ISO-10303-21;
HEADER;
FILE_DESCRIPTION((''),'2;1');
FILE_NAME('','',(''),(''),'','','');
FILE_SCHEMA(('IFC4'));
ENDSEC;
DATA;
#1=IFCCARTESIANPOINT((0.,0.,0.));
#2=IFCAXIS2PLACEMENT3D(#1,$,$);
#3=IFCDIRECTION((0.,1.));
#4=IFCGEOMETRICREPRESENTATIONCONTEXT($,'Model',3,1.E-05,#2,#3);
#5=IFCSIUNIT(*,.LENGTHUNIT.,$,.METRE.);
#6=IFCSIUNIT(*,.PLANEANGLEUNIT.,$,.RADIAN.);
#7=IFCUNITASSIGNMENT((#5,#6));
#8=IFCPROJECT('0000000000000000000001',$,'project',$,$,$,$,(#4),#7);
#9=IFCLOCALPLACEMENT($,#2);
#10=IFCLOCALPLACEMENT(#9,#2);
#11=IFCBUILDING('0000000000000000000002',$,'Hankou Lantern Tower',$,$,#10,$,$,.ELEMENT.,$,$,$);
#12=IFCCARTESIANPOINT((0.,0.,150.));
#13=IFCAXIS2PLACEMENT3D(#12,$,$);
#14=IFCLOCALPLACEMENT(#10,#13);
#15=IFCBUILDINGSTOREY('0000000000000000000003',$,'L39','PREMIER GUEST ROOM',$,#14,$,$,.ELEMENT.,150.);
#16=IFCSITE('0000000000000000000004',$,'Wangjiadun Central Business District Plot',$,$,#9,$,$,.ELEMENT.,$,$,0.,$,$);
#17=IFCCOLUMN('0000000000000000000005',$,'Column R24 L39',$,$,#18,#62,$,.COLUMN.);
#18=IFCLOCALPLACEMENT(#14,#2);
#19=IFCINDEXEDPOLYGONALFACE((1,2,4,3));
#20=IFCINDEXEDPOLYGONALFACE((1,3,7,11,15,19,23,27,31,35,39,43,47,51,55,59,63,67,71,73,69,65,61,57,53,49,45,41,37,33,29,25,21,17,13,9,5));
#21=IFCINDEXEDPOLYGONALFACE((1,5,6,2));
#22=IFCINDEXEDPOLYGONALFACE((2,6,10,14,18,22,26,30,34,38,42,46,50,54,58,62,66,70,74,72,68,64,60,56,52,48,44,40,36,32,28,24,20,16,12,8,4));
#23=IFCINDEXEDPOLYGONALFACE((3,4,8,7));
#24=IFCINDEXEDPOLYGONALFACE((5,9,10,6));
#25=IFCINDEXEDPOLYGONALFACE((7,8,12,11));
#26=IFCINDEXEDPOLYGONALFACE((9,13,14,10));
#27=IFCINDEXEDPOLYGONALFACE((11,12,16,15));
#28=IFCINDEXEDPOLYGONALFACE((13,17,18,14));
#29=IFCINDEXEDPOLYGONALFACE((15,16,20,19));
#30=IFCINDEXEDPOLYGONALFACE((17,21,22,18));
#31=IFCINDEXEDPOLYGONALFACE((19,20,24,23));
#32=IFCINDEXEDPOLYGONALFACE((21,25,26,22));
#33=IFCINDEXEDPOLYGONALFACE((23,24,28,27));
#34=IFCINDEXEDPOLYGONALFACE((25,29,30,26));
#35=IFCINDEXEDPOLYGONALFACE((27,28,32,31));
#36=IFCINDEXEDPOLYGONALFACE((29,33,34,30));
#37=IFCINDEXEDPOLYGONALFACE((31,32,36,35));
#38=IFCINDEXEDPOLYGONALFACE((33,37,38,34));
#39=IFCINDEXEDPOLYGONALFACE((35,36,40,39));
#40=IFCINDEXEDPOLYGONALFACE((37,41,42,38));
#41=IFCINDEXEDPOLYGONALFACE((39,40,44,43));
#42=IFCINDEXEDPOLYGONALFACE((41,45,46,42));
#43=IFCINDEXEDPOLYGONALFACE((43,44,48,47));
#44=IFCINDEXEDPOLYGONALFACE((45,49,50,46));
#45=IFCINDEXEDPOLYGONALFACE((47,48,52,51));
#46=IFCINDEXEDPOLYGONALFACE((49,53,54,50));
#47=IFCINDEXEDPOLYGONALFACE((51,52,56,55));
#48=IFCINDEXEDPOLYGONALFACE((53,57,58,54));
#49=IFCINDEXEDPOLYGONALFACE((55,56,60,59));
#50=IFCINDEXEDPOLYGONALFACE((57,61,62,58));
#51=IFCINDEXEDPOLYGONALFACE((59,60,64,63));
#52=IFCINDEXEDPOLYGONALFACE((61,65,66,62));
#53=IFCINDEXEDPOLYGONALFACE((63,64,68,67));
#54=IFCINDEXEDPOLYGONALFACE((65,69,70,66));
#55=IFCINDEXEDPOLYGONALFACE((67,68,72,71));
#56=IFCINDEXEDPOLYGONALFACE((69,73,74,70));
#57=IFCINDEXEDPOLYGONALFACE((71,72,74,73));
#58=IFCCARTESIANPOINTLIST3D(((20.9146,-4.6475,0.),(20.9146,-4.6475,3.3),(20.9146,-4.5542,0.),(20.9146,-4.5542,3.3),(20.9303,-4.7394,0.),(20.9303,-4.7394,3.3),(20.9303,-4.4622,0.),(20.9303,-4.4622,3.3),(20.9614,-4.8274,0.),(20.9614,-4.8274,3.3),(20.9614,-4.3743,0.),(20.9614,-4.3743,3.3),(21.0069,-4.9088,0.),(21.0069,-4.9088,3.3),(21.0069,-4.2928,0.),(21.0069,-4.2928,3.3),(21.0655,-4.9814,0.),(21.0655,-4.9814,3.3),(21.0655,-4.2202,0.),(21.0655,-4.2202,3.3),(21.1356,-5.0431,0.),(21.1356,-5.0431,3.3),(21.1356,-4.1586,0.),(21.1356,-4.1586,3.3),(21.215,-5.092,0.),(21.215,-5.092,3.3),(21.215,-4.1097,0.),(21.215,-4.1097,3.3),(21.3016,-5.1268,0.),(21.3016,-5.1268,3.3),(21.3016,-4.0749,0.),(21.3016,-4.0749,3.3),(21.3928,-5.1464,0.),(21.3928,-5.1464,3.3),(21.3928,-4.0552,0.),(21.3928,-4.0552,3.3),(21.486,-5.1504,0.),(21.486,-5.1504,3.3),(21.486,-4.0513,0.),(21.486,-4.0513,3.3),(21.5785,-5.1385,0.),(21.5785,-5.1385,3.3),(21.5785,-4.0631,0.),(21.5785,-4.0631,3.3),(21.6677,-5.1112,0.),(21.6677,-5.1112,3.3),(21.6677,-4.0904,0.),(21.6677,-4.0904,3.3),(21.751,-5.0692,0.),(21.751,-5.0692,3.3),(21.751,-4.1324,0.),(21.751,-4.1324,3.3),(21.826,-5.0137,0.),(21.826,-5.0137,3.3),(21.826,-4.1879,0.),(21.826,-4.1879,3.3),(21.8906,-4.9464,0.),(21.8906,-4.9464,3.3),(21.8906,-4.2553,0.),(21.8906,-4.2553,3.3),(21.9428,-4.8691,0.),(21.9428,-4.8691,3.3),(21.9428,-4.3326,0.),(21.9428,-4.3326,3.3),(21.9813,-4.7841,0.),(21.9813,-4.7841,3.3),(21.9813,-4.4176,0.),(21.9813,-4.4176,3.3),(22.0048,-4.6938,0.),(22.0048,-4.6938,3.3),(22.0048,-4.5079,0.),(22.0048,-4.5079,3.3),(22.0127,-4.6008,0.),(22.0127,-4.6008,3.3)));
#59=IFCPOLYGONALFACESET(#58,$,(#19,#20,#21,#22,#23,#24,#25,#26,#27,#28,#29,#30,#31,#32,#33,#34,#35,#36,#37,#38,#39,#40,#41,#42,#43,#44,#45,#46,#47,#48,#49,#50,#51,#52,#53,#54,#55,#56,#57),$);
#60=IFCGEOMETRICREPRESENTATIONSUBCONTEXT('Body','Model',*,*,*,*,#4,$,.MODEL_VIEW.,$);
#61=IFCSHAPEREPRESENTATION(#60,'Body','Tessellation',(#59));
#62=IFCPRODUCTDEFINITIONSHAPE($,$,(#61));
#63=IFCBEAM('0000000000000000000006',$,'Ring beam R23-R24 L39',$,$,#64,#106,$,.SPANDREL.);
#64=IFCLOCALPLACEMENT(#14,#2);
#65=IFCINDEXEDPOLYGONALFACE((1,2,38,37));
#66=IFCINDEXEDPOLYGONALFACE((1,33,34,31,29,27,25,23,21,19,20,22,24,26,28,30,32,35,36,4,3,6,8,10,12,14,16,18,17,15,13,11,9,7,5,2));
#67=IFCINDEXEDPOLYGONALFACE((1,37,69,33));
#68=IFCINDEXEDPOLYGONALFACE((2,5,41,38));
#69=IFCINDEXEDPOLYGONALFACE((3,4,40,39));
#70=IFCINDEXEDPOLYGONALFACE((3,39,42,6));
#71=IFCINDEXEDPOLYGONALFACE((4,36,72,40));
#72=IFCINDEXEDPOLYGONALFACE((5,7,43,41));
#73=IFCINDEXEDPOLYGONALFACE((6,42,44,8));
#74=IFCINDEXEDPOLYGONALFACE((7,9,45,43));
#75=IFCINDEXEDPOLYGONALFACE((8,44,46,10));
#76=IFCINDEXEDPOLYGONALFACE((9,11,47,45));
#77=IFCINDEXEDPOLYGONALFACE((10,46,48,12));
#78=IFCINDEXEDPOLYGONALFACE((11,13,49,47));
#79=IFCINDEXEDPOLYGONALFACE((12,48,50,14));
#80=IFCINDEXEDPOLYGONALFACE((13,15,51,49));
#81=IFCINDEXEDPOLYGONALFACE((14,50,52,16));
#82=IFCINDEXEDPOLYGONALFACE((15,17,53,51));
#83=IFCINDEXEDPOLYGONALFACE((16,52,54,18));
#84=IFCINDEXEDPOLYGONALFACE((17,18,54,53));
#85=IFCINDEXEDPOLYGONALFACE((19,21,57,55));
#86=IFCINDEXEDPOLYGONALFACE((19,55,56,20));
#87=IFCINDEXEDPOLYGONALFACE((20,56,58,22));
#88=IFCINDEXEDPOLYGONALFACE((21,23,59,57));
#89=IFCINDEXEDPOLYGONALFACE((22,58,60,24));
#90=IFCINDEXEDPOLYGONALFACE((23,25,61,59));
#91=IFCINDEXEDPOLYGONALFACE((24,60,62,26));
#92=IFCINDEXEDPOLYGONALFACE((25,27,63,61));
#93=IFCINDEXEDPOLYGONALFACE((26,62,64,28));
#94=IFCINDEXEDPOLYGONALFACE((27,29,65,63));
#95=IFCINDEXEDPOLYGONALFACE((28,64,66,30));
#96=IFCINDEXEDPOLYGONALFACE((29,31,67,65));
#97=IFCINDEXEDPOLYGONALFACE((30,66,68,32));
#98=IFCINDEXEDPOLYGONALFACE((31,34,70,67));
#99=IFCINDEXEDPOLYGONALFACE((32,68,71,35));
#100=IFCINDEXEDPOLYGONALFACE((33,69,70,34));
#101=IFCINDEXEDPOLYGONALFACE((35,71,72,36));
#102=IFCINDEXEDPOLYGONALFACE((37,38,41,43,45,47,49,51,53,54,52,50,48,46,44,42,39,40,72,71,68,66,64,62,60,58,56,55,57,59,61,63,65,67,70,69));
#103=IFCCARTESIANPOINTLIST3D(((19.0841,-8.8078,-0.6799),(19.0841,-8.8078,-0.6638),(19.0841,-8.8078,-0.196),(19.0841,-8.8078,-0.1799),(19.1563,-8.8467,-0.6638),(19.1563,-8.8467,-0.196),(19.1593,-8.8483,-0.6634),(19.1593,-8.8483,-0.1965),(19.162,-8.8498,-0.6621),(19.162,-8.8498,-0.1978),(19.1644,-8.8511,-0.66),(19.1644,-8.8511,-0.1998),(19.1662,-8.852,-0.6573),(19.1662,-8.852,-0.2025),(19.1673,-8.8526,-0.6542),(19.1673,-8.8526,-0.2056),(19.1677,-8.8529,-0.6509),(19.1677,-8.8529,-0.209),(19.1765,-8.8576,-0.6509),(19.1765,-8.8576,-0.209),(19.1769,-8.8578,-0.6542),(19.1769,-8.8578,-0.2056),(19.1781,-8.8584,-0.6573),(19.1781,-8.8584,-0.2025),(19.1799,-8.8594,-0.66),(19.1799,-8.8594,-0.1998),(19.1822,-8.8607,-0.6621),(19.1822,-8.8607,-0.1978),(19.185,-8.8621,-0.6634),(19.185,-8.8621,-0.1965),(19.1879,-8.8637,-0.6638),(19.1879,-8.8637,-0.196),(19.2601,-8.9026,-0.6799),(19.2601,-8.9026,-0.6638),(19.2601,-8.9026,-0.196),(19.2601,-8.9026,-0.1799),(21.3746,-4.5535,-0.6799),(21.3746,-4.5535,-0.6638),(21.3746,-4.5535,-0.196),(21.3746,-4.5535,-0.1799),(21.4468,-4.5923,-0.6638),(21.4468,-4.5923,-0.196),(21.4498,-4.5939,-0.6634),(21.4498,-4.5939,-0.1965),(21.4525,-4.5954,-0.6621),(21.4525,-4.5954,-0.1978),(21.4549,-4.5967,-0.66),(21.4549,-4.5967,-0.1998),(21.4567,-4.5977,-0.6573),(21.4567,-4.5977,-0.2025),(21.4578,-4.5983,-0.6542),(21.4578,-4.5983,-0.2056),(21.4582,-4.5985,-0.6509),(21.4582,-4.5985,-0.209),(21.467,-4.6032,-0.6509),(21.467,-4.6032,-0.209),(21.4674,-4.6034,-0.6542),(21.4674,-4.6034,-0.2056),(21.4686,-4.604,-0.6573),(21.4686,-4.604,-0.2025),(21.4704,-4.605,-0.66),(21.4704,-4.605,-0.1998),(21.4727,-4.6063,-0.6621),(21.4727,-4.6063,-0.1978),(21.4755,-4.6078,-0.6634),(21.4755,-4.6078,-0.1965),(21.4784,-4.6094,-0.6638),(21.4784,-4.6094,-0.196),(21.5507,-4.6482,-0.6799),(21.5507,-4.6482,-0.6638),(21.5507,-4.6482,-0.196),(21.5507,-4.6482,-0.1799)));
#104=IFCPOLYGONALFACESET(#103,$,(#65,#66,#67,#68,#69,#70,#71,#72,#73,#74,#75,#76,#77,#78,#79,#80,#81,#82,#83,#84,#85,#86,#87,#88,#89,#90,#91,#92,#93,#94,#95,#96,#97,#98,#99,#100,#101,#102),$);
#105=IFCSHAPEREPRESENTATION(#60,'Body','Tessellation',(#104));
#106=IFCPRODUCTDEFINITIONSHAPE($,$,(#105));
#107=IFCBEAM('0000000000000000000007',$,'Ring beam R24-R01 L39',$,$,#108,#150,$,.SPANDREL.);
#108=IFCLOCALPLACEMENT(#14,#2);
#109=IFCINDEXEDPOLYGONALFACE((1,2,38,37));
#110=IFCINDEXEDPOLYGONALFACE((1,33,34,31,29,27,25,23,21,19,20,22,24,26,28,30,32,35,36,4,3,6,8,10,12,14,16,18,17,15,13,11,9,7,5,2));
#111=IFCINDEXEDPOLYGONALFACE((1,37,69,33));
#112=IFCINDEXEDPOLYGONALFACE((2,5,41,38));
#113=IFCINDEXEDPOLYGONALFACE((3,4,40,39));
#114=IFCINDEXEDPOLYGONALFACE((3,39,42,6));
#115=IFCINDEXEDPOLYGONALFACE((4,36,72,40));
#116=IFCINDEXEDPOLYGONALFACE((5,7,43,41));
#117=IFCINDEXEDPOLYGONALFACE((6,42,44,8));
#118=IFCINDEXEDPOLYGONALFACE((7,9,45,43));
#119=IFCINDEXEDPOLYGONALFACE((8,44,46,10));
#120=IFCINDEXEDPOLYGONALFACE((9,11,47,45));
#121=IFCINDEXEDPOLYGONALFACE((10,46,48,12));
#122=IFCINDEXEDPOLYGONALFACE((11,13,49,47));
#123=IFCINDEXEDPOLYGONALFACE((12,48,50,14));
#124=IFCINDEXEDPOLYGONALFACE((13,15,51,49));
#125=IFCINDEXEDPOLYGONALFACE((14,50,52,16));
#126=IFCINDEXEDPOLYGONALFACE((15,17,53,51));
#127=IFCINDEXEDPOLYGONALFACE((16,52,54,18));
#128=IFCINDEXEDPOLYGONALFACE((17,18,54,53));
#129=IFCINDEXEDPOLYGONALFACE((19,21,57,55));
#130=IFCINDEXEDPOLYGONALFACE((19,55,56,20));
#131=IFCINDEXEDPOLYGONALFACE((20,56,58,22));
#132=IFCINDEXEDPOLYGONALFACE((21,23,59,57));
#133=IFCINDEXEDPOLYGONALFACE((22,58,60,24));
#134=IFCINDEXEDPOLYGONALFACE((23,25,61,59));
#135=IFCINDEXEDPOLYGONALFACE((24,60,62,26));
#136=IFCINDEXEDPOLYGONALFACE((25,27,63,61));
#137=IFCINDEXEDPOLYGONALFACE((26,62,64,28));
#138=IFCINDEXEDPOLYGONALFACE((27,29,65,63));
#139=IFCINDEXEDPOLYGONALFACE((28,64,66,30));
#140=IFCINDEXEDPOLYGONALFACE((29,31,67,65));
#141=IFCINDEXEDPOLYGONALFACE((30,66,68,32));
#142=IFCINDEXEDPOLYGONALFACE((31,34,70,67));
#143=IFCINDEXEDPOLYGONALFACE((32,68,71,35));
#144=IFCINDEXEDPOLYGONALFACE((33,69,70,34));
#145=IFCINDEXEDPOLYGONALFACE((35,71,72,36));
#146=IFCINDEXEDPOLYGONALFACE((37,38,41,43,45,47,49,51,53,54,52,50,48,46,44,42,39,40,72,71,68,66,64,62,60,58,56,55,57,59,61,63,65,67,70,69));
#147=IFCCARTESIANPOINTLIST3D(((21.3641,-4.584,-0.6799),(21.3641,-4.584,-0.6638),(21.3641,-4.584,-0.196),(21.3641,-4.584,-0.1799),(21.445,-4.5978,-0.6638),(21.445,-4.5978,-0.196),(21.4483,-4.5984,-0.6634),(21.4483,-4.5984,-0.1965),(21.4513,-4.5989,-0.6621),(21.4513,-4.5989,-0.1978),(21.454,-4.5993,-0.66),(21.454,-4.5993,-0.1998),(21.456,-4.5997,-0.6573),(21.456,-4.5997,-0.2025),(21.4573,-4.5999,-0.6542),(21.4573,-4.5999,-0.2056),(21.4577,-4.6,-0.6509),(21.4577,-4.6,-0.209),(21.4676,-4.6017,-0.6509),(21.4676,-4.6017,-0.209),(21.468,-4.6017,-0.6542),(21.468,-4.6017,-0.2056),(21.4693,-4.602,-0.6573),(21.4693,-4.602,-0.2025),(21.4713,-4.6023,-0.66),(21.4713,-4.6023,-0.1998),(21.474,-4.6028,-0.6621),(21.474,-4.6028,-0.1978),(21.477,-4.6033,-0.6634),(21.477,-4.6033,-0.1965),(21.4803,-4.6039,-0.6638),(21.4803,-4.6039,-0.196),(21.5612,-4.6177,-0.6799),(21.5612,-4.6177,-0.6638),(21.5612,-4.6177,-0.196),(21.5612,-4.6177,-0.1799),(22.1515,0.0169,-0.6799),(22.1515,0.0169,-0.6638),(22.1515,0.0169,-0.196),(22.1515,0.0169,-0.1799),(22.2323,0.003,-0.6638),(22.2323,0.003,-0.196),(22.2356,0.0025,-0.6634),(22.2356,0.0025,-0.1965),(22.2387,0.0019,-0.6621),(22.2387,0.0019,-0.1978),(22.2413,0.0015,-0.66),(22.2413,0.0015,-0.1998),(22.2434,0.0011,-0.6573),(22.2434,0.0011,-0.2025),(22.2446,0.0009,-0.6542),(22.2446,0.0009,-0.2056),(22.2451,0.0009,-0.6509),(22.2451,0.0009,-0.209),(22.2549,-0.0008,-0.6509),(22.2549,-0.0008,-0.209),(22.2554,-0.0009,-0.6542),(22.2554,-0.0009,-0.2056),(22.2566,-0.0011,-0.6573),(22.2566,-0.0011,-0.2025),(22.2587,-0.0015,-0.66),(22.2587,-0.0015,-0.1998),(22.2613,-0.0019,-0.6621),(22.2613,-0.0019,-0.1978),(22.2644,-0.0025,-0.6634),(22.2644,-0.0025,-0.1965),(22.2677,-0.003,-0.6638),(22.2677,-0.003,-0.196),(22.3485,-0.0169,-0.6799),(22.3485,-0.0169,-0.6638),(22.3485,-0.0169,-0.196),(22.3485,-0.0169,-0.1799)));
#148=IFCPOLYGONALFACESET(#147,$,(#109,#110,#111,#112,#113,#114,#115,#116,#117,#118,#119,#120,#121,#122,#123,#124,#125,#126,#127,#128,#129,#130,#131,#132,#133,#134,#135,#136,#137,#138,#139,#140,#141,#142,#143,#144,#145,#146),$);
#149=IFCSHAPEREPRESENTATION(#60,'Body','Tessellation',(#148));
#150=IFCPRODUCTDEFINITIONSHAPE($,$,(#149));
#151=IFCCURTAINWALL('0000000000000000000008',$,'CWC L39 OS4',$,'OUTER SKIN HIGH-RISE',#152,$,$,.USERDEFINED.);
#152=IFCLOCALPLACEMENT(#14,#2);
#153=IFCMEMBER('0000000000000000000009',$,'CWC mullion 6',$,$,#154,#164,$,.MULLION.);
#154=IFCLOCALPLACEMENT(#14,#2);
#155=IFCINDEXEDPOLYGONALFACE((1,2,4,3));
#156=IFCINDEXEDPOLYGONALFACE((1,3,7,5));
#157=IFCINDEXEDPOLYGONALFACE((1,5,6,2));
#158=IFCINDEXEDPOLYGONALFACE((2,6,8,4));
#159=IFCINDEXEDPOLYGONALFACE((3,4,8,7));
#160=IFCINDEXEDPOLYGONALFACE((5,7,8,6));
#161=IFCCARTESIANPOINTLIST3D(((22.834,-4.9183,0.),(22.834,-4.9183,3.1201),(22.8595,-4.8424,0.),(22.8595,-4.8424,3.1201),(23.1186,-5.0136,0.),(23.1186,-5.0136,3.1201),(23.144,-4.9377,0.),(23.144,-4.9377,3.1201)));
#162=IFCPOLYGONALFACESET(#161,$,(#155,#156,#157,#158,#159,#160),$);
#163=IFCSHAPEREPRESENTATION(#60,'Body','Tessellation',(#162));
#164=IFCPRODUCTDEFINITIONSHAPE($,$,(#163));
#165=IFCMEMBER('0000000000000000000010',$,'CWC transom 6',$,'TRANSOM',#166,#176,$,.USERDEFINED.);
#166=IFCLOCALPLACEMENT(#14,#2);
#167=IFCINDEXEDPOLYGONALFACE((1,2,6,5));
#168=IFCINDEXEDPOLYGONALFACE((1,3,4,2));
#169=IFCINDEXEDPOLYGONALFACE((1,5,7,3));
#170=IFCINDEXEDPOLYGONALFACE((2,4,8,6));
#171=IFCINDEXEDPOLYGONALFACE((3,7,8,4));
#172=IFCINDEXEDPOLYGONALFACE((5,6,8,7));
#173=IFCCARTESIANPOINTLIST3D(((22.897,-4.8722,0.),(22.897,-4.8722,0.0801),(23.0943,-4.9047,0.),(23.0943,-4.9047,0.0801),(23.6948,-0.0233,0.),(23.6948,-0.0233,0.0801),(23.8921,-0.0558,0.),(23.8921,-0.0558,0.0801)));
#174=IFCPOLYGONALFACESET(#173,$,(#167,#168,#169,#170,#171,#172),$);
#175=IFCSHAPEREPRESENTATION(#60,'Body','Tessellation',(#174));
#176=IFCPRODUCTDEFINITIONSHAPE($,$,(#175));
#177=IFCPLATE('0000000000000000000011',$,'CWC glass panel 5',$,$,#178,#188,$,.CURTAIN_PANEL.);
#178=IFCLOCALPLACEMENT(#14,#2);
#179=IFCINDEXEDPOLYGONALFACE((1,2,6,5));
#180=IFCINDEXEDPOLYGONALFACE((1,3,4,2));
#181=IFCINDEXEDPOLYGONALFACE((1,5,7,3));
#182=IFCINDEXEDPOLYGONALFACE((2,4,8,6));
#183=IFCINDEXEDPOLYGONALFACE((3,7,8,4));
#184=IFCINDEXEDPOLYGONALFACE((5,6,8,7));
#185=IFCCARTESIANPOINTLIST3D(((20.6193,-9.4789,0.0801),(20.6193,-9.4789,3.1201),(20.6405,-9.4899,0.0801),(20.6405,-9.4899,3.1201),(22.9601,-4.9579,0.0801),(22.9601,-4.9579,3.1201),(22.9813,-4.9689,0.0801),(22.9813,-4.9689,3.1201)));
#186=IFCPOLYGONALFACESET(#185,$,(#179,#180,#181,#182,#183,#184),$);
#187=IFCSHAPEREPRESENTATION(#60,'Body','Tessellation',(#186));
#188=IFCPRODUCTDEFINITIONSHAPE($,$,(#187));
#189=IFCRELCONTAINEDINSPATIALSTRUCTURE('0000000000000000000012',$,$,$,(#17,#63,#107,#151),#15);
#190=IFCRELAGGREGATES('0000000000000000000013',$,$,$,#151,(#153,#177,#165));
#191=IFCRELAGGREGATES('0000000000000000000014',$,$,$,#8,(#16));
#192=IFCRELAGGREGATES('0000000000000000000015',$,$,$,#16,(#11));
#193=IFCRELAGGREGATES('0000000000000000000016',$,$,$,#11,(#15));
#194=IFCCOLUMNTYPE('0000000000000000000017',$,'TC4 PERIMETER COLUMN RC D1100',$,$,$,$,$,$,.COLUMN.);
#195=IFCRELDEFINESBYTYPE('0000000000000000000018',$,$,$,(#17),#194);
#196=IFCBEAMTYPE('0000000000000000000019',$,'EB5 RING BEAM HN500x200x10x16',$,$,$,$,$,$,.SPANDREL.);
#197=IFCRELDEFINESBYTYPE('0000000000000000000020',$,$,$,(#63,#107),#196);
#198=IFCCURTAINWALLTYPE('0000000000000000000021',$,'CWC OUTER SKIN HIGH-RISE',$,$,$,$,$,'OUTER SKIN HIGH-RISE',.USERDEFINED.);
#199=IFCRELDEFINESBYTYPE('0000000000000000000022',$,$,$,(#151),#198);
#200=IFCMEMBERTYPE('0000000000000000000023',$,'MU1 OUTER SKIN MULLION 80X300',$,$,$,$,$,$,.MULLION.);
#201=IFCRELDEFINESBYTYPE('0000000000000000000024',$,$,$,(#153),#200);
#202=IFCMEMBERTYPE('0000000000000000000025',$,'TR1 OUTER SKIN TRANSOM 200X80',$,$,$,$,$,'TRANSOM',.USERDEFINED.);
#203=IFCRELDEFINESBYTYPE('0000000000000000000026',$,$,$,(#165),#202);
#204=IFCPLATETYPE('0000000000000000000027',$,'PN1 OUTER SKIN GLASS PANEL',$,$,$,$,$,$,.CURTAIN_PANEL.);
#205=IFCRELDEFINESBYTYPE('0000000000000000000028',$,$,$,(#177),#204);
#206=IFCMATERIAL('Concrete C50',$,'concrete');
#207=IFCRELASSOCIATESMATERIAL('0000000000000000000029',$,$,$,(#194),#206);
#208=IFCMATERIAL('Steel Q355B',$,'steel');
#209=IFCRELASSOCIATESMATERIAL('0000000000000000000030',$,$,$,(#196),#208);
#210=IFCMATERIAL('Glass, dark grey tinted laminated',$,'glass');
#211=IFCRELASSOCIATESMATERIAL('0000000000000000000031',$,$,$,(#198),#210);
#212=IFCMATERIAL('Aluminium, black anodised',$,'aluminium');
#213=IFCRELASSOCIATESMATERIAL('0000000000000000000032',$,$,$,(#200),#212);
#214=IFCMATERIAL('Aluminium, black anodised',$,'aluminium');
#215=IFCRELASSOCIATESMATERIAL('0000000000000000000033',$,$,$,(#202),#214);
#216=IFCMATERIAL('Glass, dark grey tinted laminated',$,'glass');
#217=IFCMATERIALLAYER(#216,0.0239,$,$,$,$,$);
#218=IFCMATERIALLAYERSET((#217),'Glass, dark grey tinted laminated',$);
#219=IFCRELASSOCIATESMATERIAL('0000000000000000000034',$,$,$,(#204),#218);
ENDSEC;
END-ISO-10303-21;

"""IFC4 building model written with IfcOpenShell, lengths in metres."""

from ifc_helpers import new_model, si_unit, direction, frame, origin, origin_2d, place, context, subcontext, project, spatial, rectangle, circle, i_section, extrude, material, layer, layer_set, material_profile, profile_set, type_object, element, aggregate, save


model = new_model("IFC4")

# Units and contexts
model_context = context("Model", 3, precision=1e-05, world=origin(), true_north=direction((0.0, 1.0)))
body_context = subcontext(model_context, "Body", "Model", "MODEL_VIEW")
ifc_project = project(units=[si_unit("LENGTHUNIT", "METRE"), si_unit("PLANEANGLEUNIT", "RADIAN")], contexts=[model_context])

# Site, building, storey
site_placement = place(None, origin())
site = spatial("IfcSite", under=ifc_project, at=site_placement, Name="Wangjiadun Central Business District Plot", CompositionType="ELEMENT", RefElevation=0.0)
building_placement = place(site_placement, origin())
building = spatial("IfcBuilding", under=site, at=building_placement, Name="Hankou Lantern Tower", CompositionType="ELEMENT")
storey_placement = place(building_placement, frame((0.0, 0.0, 150.0)))
storey = spatial("IfcBuildingStorey", under=building, at=storey_placement, Name="L39", Description="PREMIER GUEST ROOM", CompositionType="ELEMENT", Elevation=150.0)

# Column
ifc_material_1 = material(Name="Concrete C50", Category="concrete")
ifc_material_profile_1 = material_profile(ifc_material_1, circle(Radius=0.55, at=origin_2d()), Name="RC D1100")
ifc_profile_set_1 = profile_set([ifc_material_profile_1], Name="Concrete C50")
column_type = type_object("IfcColumnType", Name="TC4 PERIMETER COLUMN RC D1100", PredefinedType="COLUMN", material=ifc_profile_set_1)
column_placement = place(storey_placement, frame((21.4626, -4.6008, 0.0), z_axis=(0.0, 0.0, 1.0), x_axis=(1.0, 0.0, 0.0)))
element("IfcColumn", 1, at=column_placement, inside=storey, type_object=column_type, Name="Column R24 L39", PredefinedType="COLUMN", context=body_context, shape_type="SweptSolid", body=[
    extrude(circle(Radius=0.55, at=origin_2d()), origin(), (0.0, 0.0, 1.0), 3.3),
])

# Beams
ifc_material_2 = material(Name="Steel Q355B", Category="steel")
ifc_material_profile_2 = material_profile(ifc_material_2, i_section(OverallWidth=0.2, OverallDepth=0.5, WebThickness=0.01, FlangeThickness=0.0161, FilletRadius=0.0129, at=origin_2d()), Name="HN500x200x10x16")
ifc_profile_set_2 = profile_set([ifc_material_profile_2], Name="Steel Q355B")
beam_type = type_object("IfcBeamType", Name="EB5 RING BEAM HN500x200x10x16", PredefinedType="SPANDREL", material=ifc_profile_set_2)
beam_1_placement = place(storey_placement, frame((19.1721, -8.8552, -0.4299), z_axis=(0.474052, 0.880497, 0.0), x_axis=(-0.880497, 0.474052, 0.0)))
element("IfcBeam", 2, at=beam_1_placement, inside=storey, type_object=beam_type, Name="Ring beam R23-R24 L39", PredefinedType="SPANDREL", context=body_context, shape_type="SweptSolid", body=[
    extrude(i_section(OverallWidth=0.2, OverallDepth=0.5, WebThickness=0.01, FlangeThickness=0.0161, FilletRadius=0.0129, at=origin_2d()), origin(), (0.0, 0.0, 1.0), 4.8318),
])
beam_2_placement = place(storey_placement, frame((21.4626, -4.6008, -0.4299), z_axis=(0.168681, 0.985671, 0.0), x_axis=(-0.985671, 0.168681, 0.0)))
element("IfcBeam", 3, at=beam_2_placement, inside=storey, type_object=beam_type, Name="Ring beam R24-R01 L39", PredefinedType="SPANDREL", context=body_context, shape_type="SweptSolid", body=[
    extrude(i_section(OverallWidth=0.2, OverallDepth=0.5, WebThickness=0.01, FlangeThickness=0.0161, FilletRadius=0.0129, at=origin_2d()), origin(), (0.0, 0.0, 1.0), 4.6677),
])

# Curtain wall, members, plate
ifc_material_3 = material(Name="Glass, dark grey tinted laminated", Category="glass")
curtain_wall_type = type_object("IfcCurtainWallType", Name="CWC OUTER SKIN HIGH-RISE", ElementType="OUTER SKIN HIGH-RISE", PredefinedType="USERDEFINED", material=ifc_material_3)
curtain_wall_placement = place(storey_placement, origin())
curtain_wall = element("IfcCurtainWall", 4, at=curtain_wall_placement, inside=storey, type_object=curtain_wall_type, Name="CWC L39 OS4", ObjectType="OUTER SKIN HIGH-RISE", PredefinedType="USERDEFINED")
ifc_material_4 = material(Name="Aluminium, black anodised", Category="aluminium")
ifc_material_profile_3 = material_profile(ifc_material_4, rectangle(XDim=0.0801, YDim=0.3, at=origin_2d()), Name="MU1 80X300")
ifc_profile_set_3 = profile_set([ifc_material_profile_3], Name="Aluminium, black anodised")
member_type_1 = type_object("IfcMemberType", Name="MU1 OUTER SKIN MULLION 80X300", PredefinedType="MULLION", material=ifc_profile_set_3)
member_1_placement = place(storey_placement, frame((22.989, -4.928, 0.0), z_axis=(0.0, 0.0, 1.0), x_axis=(0.317596, 0.948226, 0.0)))
member_1 = element("IfcMember", 5, at=member_1_placement, type_object=member_type_1, Name="CWC mullion 6", PredefinedType="MULLION", context=body_context, shape_type="SweptSolid", body=[
    extrude(rectangle(XDim=0.0801, YDim=0.3, at=origin_2d()), origin(), (0.0, 0.0, 1.0), 3.1201),
])
ifc_material_5 = material(Name="Aluminium, black anodised", Category="aluminium")
ifc_material_profile_4 = material_profile(ifc_material_5, rectangle(XDim=0.2, YDim=0.0801, at=origin_2d()), Name="TR1 200X80")
ifc_profile_set_4 = profile_set([ifc_material_profile_4], Name="Aluminium, black anodised")
member_type_2 = type_object("IfcMemberType", Name="TR1 OUTER SKIN TRANSOM 200X80", ElementType="TRANSOM", PredefinedType="USERDEFINED", material=ifc_profile_set_4)
member_2_placement = place(storey_placement, frame((22.9956, -4.8884, 0.04), z_axis=(0.16236, 0.986732, 0.0), x_axis=(-0.986732, 0.16236, 0.0)))
member_2 = element("IfcMember", 6, at=member_2_placement, type_object=member_type_2, Name="CWC transom 6", ObjectType="TRANSOM", PredefinedType="USERDEFINED", context=body_context, shape_type="SweptSolid", body=[
    extrude(rectangle(XDim=0.2, YDim=0.0801, at=origin_2d()), origin(), (0.0, 0.0, 1.0), 4.9141),
])
ifc_material_6 = material(Name="Glass, dark grey tinted laminated", Category="glass")
ifc_layer_1 = layer(ifc_material_6, 0.0239)
ifc_layer_set_1 = layer_set([ifc_layer_1], Name="Glass, dark grey tinted laminated")
plate_type = type_object("IfcPlateType", Name="PN1 OUTER SKIN GLASS PANEL", PredefinedType="CURTAIN_PANEL", material=ifc_layer_set_1)
plate_1_placement = place(storey_placement, frame((21.8003, -7.2239, 0.0801), z_axis=(0.0, 0.0, 1.0), x_axis=(0.459791, 0.888027, 0.0)))
plate_1 = element("IfcPlate", 7, at=plate_1_placement, type_object=plate_type, Name="CWC glass panel 5", PredefinedType="CURTAIN_PANEL", context=body_context, shape_type="SweptSolid", body=[
    extrude(rectangle(XDim=5.0911, YDim=0.0239, at=origin_2d()), origin(), (0.0, 0.0, 1.0), 3.04),
])
aggregate(curtain_wall, [member_1, plate_1, member_2])

save(model, "model.ifc")
